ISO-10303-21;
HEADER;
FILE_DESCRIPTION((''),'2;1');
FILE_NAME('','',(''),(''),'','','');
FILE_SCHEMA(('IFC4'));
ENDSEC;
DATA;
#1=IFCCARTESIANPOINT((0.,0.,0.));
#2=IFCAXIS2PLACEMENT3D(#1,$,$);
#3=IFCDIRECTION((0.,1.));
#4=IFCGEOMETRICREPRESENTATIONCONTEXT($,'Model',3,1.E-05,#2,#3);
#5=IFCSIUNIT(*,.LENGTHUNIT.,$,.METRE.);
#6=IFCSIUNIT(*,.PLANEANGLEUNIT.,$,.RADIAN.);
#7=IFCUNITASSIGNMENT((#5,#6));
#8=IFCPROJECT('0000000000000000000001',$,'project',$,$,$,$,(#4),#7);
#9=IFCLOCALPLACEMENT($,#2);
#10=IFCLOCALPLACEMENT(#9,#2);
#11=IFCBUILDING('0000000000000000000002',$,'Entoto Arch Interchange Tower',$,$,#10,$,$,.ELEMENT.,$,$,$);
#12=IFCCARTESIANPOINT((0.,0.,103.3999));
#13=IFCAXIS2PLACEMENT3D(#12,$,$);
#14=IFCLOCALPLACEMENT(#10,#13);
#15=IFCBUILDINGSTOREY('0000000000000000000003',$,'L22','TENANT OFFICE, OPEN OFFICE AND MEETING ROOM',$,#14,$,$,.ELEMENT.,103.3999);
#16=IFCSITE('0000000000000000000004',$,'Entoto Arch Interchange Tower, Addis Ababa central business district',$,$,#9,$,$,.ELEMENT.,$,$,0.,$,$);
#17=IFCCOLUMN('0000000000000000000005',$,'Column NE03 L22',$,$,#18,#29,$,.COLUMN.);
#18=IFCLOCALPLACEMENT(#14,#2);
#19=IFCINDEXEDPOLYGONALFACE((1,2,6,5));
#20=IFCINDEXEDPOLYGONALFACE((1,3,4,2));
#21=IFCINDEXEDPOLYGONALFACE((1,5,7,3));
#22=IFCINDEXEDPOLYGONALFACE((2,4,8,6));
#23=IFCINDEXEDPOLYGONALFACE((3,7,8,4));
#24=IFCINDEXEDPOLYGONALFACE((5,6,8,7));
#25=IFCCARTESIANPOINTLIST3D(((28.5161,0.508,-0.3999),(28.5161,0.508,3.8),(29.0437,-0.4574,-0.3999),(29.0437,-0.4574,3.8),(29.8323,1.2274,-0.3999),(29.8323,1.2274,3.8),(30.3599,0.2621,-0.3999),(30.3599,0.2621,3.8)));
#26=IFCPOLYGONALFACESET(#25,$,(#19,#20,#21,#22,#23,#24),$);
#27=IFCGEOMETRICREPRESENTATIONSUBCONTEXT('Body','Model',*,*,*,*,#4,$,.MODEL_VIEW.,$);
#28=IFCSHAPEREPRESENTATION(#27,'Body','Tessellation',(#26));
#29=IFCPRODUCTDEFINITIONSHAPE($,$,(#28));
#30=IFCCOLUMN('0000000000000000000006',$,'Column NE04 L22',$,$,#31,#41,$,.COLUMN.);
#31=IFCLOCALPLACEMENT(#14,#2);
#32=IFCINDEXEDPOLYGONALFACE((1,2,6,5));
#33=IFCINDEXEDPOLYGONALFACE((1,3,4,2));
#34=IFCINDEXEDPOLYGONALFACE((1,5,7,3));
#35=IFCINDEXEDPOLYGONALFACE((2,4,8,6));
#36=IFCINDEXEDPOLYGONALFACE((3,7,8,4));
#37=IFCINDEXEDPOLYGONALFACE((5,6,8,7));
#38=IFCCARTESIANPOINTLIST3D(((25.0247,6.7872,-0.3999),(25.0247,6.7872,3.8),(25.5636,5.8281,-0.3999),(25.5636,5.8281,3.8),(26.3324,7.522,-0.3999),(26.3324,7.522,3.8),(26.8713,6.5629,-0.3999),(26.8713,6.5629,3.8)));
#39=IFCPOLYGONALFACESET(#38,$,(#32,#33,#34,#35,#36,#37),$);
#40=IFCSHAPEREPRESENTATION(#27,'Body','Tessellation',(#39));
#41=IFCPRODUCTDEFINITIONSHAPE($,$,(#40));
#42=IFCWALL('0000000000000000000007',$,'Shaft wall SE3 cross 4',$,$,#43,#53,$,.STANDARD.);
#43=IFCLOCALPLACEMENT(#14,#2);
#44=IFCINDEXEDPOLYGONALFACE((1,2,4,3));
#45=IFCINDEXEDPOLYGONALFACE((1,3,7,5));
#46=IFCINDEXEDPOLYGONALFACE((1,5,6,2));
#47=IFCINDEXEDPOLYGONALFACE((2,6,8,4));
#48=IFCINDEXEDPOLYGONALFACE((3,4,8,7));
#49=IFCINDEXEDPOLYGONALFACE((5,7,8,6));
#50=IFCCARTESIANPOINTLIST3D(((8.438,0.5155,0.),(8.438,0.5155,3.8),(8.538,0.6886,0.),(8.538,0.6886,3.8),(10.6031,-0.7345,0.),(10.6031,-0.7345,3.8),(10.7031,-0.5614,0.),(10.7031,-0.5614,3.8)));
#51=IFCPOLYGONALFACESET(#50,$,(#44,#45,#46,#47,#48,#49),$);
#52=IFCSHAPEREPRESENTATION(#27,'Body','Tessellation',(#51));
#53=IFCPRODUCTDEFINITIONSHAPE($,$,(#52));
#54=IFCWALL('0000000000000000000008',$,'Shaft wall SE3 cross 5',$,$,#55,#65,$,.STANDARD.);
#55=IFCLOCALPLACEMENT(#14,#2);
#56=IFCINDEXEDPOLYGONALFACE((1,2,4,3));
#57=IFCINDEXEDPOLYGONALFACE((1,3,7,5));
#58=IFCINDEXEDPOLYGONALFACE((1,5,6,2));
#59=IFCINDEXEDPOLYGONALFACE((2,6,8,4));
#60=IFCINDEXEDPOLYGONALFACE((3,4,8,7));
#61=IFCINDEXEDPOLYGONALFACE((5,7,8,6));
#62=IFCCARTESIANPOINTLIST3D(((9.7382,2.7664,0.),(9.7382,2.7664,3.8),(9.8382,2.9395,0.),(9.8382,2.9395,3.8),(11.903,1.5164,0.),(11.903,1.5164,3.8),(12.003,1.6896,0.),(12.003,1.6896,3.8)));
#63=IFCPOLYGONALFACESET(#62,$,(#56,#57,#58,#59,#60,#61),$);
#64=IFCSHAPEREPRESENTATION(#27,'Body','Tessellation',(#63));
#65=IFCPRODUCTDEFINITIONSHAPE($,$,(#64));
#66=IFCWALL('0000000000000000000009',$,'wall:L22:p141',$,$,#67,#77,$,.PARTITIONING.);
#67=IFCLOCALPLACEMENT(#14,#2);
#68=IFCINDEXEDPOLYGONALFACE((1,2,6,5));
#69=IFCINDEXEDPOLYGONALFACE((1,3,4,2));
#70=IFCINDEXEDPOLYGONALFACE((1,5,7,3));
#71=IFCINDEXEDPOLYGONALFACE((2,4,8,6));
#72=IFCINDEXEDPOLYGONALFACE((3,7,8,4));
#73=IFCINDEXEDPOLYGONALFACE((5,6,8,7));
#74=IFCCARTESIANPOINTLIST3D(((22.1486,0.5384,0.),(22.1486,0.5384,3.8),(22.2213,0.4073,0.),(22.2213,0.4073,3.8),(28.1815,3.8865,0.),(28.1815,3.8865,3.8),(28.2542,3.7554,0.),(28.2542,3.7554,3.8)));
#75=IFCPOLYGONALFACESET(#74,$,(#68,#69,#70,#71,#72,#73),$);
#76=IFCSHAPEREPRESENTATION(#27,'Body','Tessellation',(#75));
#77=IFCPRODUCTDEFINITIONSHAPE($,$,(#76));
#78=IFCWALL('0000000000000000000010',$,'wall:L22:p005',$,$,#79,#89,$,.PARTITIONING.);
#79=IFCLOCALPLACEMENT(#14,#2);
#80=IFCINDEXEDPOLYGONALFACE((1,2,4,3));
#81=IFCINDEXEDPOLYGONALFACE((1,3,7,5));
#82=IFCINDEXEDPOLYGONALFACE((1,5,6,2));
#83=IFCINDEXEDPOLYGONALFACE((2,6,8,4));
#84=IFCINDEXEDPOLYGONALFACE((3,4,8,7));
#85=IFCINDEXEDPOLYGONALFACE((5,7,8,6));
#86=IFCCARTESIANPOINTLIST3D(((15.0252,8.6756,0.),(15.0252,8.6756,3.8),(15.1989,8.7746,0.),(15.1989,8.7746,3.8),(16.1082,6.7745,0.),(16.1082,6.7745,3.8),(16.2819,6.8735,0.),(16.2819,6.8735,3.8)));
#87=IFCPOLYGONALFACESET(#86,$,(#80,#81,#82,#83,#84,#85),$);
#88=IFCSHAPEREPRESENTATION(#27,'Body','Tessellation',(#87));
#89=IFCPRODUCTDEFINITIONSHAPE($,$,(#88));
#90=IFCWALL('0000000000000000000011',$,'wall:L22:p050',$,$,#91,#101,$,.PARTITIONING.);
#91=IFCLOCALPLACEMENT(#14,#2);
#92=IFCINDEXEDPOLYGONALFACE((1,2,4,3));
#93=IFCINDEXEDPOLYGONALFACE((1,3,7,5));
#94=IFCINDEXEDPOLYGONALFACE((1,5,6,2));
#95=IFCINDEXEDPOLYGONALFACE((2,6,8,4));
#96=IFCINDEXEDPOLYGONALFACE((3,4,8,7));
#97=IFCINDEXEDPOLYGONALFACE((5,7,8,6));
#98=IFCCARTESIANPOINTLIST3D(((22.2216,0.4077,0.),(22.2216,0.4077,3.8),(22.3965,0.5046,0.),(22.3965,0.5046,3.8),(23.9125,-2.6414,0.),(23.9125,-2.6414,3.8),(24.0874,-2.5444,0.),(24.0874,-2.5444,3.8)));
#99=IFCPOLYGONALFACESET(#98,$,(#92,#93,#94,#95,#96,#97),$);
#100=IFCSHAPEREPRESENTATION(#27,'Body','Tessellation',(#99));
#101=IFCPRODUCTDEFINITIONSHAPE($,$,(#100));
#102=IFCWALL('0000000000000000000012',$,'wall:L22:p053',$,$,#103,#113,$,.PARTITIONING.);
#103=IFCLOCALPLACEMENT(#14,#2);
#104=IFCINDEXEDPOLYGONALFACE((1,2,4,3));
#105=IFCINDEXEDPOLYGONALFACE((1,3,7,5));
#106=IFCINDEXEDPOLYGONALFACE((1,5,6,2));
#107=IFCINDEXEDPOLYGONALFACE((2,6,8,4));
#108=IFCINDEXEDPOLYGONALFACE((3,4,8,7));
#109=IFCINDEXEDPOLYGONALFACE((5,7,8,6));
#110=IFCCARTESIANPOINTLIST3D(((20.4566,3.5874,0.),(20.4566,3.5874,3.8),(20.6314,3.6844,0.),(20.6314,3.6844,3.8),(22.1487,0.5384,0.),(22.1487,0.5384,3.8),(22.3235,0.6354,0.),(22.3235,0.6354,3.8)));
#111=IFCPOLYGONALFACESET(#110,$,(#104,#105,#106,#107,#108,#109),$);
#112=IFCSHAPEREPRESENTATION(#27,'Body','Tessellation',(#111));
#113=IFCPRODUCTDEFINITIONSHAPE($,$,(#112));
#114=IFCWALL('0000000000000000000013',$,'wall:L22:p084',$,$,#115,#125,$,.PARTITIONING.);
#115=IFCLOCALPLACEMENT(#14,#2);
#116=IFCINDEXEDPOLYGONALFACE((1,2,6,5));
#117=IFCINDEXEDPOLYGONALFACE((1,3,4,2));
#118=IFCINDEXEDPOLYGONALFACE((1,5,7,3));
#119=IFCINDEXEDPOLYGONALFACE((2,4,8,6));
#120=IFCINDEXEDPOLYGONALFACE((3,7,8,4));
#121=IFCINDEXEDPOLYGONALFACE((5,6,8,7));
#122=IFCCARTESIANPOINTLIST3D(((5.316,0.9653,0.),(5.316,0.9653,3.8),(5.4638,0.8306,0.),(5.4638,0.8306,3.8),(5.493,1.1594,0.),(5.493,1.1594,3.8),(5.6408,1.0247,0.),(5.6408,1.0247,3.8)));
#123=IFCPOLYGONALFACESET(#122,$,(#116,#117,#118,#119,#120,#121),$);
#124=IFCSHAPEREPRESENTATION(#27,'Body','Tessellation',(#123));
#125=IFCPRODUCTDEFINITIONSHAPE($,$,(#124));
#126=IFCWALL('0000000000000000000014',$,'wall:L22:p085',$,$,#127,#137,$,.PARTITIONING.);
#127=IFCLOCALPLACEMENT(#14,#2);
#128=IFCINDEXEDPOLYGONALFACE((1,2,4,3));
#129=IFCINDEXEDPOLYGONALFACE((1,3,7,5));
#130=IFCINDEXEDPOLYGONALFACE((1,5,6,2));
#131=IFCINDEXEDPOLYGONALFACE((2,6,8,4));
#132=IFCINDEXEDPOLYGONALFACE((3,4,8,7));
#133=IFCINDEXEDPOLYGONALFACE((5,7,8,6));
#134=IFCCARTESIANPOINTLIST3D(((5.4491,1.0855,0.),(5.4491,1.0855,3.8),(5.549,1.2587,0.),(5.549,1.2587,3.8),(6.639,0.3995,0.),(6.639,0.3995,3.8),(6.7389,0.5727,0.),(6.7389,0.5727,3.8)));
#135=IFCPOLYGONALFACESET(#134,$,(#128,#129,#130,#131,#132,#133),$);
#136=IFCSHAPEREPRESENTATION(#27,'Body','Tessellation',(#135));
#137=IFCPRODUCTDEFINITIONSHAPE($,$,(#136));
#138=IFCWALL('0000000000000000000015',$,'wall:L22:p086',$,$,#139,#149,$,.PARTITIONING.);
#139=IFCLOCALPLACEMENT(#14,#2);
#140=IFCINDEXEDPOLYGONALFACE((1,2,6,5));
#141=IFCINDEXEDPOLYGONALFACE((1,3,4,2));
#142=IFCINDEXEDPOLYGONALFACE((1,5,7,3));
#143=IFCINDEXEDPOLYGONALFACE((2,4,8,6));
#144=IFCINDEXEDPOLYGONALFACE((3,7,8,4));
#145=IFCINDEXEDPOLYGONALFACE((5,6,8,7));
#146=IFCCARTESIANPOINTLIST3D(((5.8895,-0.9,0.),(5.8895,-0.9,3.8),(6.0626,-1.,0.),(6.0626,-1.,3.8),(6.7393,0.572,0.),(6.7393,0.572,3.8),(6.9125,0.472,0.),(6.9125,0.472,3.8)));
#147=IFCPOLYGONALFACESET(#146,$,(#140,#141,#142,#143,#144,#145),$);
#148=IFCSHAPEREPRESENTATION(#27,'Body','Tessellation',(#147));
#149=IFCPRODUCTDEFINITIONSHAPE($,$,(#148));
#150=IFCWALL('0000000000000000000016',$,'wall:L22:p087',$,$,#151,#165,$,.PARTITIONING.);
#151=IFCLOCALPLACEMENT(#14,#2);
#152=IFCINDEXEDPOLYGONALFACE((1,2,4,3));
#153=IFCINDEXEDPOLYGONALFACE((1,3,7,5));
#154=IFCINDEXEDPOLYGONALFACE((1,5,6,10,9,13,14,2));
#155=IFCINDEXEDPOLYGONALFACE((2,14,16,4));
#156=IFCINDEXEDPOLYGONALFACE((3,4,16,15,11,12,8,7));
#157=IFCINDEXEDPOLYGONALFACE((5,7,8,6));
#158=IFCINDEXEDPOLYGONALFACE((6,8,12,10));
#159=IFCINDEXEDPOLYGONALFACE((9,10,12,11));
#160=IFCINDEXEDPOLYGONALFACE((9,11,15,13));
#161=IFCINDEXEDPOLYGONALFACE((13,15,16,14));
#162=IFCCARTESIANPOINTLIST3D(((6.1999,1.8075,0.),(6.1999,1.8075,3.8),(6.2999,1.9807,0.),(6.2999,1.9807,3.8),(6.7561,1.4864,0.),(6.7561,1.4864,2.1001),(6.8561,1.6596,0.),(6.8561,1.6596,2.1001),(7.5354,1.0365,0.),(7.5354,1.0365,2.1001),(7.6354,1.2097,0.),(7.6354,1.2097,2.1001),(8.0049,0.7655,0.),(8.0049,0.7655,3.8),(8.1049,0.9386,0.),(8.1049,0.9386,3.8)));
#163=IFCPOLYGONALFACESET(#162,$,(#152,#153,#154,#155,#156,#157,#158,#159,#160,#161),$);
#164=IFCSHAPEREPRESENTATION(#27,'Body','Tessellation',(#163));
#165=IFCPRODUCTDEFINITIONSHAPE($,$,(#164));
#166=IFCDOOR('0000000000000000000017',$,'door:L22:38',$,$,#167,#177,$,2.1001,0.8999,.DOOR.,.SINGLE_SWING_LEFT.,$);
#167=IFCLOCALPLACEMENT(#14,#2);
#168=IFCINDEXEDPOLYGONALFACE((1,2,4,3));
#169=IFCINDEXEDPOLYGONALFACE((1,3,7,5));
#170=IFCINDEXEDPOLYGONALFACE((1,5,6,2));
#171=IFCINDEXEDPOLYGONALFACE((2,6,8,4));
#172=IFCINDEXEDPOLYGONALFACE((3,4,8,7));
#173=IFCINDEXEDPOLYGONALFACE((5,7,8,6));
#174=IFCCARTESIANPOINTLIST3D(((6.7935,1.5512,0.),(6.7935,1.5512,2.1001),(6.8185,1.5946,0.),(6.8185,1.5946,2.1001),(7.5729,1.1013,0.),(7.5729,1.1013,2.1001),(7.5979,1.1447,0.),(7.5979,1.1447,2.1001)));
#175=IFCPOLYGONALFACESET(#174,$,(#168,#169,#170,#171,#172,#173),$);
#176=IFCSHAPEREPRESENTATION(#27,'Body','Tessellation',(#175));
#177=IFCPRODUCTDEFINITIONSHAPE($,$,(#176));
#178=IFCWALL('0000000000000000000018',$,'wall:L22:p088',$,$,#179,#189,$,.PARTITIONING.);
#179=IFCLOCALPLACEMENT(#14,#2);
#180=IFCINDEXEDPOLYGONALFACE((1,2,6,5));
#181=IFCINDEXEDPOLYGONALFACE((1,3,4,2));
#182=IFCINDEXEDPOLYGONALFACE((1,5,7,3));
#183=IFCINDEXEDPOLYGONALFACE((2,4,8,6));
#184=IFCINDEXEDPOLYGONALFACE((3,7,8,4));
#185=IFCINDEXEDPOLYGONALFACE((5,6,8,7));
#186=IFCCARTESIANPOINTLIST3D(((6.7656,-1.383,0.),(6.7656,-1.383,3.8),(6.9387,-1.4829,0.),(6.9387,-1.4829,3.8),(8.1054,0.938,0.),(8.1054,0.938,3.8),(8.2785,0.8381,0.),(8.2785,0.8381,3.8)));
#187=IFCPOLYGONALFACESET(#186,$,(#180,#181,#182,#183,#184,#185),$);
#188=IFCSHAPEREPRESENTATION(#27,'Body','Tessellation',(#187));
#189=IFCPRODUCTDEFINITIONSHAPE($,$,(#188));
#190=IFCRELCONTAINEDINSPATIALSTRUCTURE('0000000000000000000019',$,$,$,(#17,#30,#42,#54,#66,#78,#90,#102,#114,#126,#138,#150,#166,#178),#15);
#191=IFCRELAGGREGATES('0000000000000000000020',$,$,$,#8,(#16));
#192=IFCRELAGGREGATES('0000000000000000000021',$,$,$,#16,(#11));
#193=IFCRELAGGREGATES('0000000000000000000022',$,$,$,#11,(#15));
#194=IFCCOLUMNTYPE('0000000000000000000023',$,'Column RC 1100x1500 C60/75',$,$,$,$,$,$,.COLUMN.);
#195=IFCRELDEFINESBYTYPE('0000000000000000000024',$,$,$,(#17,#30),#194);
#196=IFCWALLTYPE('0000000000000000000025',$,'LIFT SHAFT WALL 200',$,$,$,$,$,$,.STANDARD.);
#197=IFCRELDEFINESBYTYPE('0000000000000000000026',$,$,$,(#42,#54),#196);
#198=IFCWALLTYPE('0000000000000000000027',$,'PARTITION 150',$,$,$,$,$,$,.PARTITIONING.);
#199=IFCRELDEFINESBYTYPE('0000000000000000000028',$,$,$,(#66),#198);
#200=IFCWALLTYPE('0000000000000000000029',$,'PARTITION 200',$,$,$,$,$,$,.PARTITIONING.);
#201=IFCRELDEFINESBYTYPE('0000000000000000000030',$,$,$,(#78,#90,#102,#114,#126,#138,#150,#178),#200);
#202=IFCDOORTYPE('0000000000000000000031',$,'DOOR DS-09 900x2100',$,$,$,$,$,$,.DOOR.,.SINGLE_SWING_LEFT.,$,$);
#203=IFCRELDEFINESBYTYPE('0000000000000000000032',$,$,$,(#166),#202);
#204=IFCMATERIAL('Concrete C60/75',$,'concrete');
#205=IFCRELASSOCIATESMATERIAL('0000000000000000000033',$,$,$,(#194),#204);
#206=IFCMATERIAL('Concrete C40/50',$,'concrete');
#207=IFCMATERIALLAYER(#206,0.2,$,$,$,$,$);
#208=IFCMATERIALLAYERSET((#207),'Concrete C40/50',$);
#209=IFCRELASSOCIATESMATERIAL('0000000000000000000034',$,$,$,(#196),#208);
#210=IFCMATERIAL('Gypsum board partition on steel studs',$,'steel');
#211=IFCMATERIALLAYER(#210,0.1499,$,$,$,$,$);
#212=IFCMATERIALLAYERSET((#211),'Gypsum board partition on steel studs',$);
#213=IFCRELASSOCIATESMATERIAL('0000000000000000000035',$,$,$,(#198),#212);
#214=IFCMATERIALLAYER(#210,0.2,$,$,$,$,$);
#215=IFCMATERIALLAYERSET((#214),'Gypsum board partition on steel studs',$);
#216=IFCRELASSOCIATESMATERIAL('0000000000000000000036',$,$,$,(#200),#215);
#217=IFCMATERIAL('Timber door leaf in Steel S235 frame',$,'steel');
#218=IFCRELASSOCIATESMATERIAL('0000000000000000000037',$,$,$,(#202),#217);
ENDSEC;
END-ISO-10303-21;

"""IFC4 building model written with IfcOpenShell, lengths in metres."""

from ifc_helpers import new_model, si_unit, direction, frame, frame_2d, origin, origin_2d, place, context, subcontext, project, spatial, rectangle, extrude, material, layer, layer_set, material_profile, profile_set, type_object, element, fill, save


model = new_model("IFC4")

# Units and contexts
model_context = context("Model", 3, precision=1e-05, world=origin(), true_north=direction((0.0, 1.0)))
body_context = subcontext(model_context, "Body", "Model", "MODEL_VIEW")
ifc_project = project(units=[si_unit("LENGTHUNIT", "METRE"), si_unit("PLANEANGLEUNIT", "RADIAN")], contexts=[model_context])

# Site, building, storey
site_placement = place(None, origin())
site = spatial("IfcSite", under=ifc_project, at=site_placement, Name="Entoto Arch Interchange Tower, Addis Ababa central business district", CompositionType="ELEMENT", RefElevation=0.0)
building_placement = place(site_placement, origin())
building = spatial("IfcBuilding", under=site, at=building_placement, Name="Entoto Arch Interchange Tower", CompositionType="ELEMENT")
storey_placement = place(building_placement, frame((0.0, 0.0, 103.3999)))
storey = spatial("IfcBuildingStorey", under=building, at=storey_placement, Name="L22", Description="TENANT OFFICE, OPEN OFFICE AND MEETING ROOM", CompositionType="ELEMENT", Elevation=103.3999)

# Columns
ifc_material_1 = material(Name="Concrete C60/75", Category="concrete")
ifc_material_profile = material_profile(ifc_material_1, rectangle(XDim=1.1001, YDim=1.5, at=origin_2d()))
ifc_profile_set = profile_set([ifc_material_profile], Name="Concrete C60/75")
column_type = type_object("IfcColumnType", Name="Column RC 1100x1500 C60/75", PredefinedType="COLUMN", material=ifc_profile_set)
for number, where, z_axis, x_axis, name in (
    (1, (29.438, 0.385, -0.3999), (0.0, 0.0, 1.0), (-0.479611, 0.877481, 0.0), "Column NE03 L22"),
    (2, (25.948, 6.675, -0.3999), (0.0, 0.0, 1.0), (-0.489839, 0.871813, 0.0), "Column NE04 L22"),
):
    element("IfcColumn", number, at=place(storey_placement, frame(where, z_axis=z_axis, x_axis=x_axis)), inside=storey, type_object=column_type, Name=name, PredefinedType="COLUMN", context=body_context, shape_type="SweptSolid", body=[
        extrude(rectangle(XDim=1.1001, YDim=1.5, at=origin_2d()), origin(), (0.0, 0.0, 1.0), 4.2),
    ])

# Walls
ifc_material_2 = material(Name="Concrete C40/50", Category="concrete")
ifc_layer_1 = layer(ifc_material_2, 0.2)
ifc_layer_set_1 = layer_set([ifc_layer_1], Name="Concrete C40/50")
wall_type_1 = type_object("IfcWallType", Name="LIFT SHAFT WALL 200", PredefinedType="STANDARD", material=ifc_layer_set_1)
wall_1_placement = place(storey_placement, frame((8.488, 0.6021, 0.0), z_axis=(0.0, 0.0, 1.0), x_axis=(0.866023, -0.500004, 0.0)))
element("IfcWall", 3, at=wall_1_placement, inside=storey, type_object=wall_type_1, Name="Shaft wall SE3 cross 4", PredefinedType="STANDARD", context=body_context, shape_type="SweptSolid", body=[
    extrude(rectangle(XDim=2.5, YDim=0.2, at=frame_2d((1.25, 0.0))), origin(), (0.0, 0.0, 1.0), 3.8),
])
wall_2_placement = place(storey_placement, frame((9.7881, 2.853, 0.0), z_axis=(0.0, 0.0, 1.0), x_axis=(0.865999, -0.500047, 0.0)))
element("IfcWall", 4, at=wall_2_placement, inside=storey, type_object=wall_type_1, Name="Shaft wall SE3 cross 5", PredefinedType="STANDARD", context=body_context, shape_type="SweptSolid", body=[
    extrude(rectangle(XDim=2.4998, YDim=0.2, at=frame_2d((1.25, 0.0))), origin(), (0.0, 0.0, 1.0), 3.8),
])
ifc_material_3 = material(Name="Gypsum board partition on steel studs", Category="steel")
ifc_layer_2 = layer(ifc_material_3, 0.1499)
ifc_layer_set_2 = layer_set([ifc_layer_2], Name="Gypsum board partition on steel studs")
wall_type_2 = type_object("IfcWallType", Name="PARTITION 150", PredefinedType="PARTITIONING", material=ifc_layer_set_2)
wall_3_placement = place(storey_placement, frame((22.1851, 0.4729, 0.0), z_axis=(0.0, 0.0, 1.0), x_axis=(0.874372, 0.485255, 0.0)))
element("IfcWall", 5, at=wall_3_placement, inside=storey, type_object=wall_type_2, Name="wall:L22:p141", PredefinedType="PARTITIONING", context=body_context, shape_type="SweptSolid", body=[
    extrude(rectangle(XDim=6.8997, YDim=0.1499, at=frame_2d((3.4497, 0.0))), origin(), (0.0, 0.0, 1.0), 3.8),
])
ifc_layer_3 = layer(ifc_material_3, 0.2)
ifc_layer_set_3 = layer_set([ifc_layer_3], Name="Gypsum board partition on steel studs")
wall_type_3 = type_object("IfcWallType", Name="PARTITION 200", PredefinedType="PARTITIONING", material=ifc_layer_set_3)
wall_4_placement = place(storey_placement, frame((16.1951, 6.824, 0.0), z_axis=(0.0, 0.0, 1.0), x_axis=(-0.494985, 0.868902, 0.0)))
element("IfcWall", 6, at=wall_4_placement, inside=storey, type_object=wall_type_3, Name="wall:L22:p005", PredefinedType="PARTITIONING", context=body_context, shape_type="SweptSolid", body=[
    extrude(rectangle(XDim=2.188, YDim=0.2, at=frame_2d((1.094, 0.0))), origin(), (0.0, 0.0, 1.0), 3.8),
])
wall_5_placement = place(storey_placement, frame((22.3091, 0.4561, 0.0), z_axis=(0.0, 0.0, 1.0), x_axis=(0.484983, -0.874524, 0.0)))
element("IfcWall", 7, at=wall_5_placement, inside=storey, type_object=wall_type_3, Name="wall:L22:p050", PredefinedType="PARTITIONING", context=body_context, shape_type="SweptSolid", body=[
    extrude(rectangle(XDim=3.4866, YDim=0.2, at=frame_2d((1.7432, 0.0))), origin(), (0.0, 0.0, 1.0), 3.8),
])
wall_6_placement = place(storey_placement, frame((20.5439, 3.636, 0.0), z_axis=(0.0, 0.0, 1.0), x_axis=(0.485251, -0.874375, 0.0)))
element("IfcWall", 8, at=wall_6_placement, inside=storey, type_object=wall_type_3, Name="wall:L22:p053", PredefinedType="PARTITIONING", context=body_context, shape_type="SweptSolid", body=[
    extrude(rectangle(XDim=3.4871, YDim=0.2, at=frame_2d((1.7437, 0.0))), origin(), (0.0, 0.0, 1.0), 3.8),
])
wall_7_placement = place(storey_placement, frame((5.3899, 0.8979, 0.0), z_axis=(0.0, 0.0, 1.0), x_axis=(0.673828, 0.738888, 0.0)))
element("IfcWall", 9, at=wall_7_placement, inside=storey, type_object=wall_type_3, Name="wall:L22:p084", PredefinedType="PARTITIONING", context=body_context, shape_type="SweptSolid", body=[
    extrude(rectangle(XDim=0.2627, YDim=0.2, at=frame_2d((0.1313, 0.0))), origin(), (0.0, 0.0, 1.0), 3.8),
])
wall_8_placement = place(storey_placement, frame((5.499, 1.1721, 0.0), z_axis=(0.0, 0.0, 1.0), x_axis=(0.866334, -0.499466, 0.0)))
element("IfcWall", 10, at=wall_8_placement, inside=storey, type_object=wall_type_3, Name="wall:L22:p085", PredefinedType="PARTITIONING", context=body_context, shape_type="SweptSolid", body=[
    extrude(rectangle(XDim=1.3735, YDim=0.2, at=frame_2d((0.6868, 0.0))), origin(), (0.0, 0.0, 1.0), 3.8),
])
wall_9_placement = place(storey_placement, frame((6.8259, 0.522, 0.0), z_axis=(0.0, 0.0, 1.0), x_axis=(-0.500017, -0.866016, 0.0)))
element("IfcWall", 11, at=wall_9_placement, inside=storey, type_object=wall_type_3, Name="wall:L22:p086", PredefinedType="PARTITIONING", context=body_context, shape_type="SweptSolid", body=[
    extrude(rectangle(XDim=1.6997, YDim=0.2, at=frame_2d((0.8499, 0.0))), origin(), (0.0, 0.0, 1.0), 3.8),
])

# Wall, opening, door
wall_10_placement = place(storey_placement, frame((6.25, 1.894, 0.0), z_axis=(0.0, 0.0, 1.0), x_axis=(0.866043, -0.499969, 0.0)))
wall_10 = element("IfcWall", 12, at=wall_10_placement, inside=storey, type_object=wall_type_3, Name="wall:L22:p087", PredefinedType="PARTITIONING", context=body_context, shape_type="SweptSolid", body=[
    extrude(rectangle(XDim=2.0842, YDim=0.2, at=frame_2d((1.042, 0.0))), origin(), (0.0, 0.0, 1.0), 3.8),
])
opening_1_placement = place(wall_10_placement, frame((0.6421, 0.0, 0.0)))
opening_1 = element("IfcOpeningElement", 13, at=opening_1_placement, cuts=wall_10, PredefinedType="OPENING", context=body_context, shape_type="SweptSolid", body=[
    extrude(rectangle(XDim=0.8999, YDim=2.1001, at=frame_2d((0.45, 1.05))), frame((0.0, 0.1099, 0.0), z_axis=(0.0, -1.0, 0.0), x_axis=(1.0, 0.0, 0.0)), (0.0, 0.0, 1.0), 0.22),
])
ifc_material_4 = material(Name="Timber door leaf in Steel S235 frame", Category="steel")
door_type_1 = type_object("IfcDoorType", Name="DOOR DS-09 900x2100", OperationType="SINGLE_SWING_LEFT", PredefinedType="DOOR", material=ifc_material_4)
door_1_placement = place(opening_1_placement, origin())
door_1 = element("IfcDoor", 14, at=door_1_placement, inside=storey, type_object=door_type_1, Name="door:L22:38", OperationType="SINGLE_SWING_LEFT", OverallHeight=2.1001, OverallWidth=0.8999, PredefinedType="DOOR", context=body_context, shape_type="SweptSolid", body=[
    extrude(rectangle(XDim=0.8999, YDim=2.1001, at=frame_2d((0.45, 1.05))), frame((0.0, 0.0249, 0.0), z_axis=(0.0, -1.0, 0.0), x_axis=(1.0, 0.0, 0.0)), (0.0, 0.0, 1.0), 0.05),
])
fill(opening_1, door_1)

# Wall
wall_11_placement = place(storey_placement, frame((8.1919, 0.8879, 0.0), z_axis=(0.0, 0.0, 1.0), x_axis=(-0.499941, -0.86606, 0.0)))
element("IfcWall", 15, at=wall_11_placement, inside=storey, type_object=wall_type_3, Name="wall:L22:p088", PredefinedType="PARTITIONING", context=body_context, shape_type="SweptSolid", body=[
    extrude(rectangle(XDim=2.6799, YDim=0.2, at=frame_2d((1.3398, 0.0))), origin(), (0.0, 0.0, 1.0), 3.8),
])

save(model, "model.ifc")
